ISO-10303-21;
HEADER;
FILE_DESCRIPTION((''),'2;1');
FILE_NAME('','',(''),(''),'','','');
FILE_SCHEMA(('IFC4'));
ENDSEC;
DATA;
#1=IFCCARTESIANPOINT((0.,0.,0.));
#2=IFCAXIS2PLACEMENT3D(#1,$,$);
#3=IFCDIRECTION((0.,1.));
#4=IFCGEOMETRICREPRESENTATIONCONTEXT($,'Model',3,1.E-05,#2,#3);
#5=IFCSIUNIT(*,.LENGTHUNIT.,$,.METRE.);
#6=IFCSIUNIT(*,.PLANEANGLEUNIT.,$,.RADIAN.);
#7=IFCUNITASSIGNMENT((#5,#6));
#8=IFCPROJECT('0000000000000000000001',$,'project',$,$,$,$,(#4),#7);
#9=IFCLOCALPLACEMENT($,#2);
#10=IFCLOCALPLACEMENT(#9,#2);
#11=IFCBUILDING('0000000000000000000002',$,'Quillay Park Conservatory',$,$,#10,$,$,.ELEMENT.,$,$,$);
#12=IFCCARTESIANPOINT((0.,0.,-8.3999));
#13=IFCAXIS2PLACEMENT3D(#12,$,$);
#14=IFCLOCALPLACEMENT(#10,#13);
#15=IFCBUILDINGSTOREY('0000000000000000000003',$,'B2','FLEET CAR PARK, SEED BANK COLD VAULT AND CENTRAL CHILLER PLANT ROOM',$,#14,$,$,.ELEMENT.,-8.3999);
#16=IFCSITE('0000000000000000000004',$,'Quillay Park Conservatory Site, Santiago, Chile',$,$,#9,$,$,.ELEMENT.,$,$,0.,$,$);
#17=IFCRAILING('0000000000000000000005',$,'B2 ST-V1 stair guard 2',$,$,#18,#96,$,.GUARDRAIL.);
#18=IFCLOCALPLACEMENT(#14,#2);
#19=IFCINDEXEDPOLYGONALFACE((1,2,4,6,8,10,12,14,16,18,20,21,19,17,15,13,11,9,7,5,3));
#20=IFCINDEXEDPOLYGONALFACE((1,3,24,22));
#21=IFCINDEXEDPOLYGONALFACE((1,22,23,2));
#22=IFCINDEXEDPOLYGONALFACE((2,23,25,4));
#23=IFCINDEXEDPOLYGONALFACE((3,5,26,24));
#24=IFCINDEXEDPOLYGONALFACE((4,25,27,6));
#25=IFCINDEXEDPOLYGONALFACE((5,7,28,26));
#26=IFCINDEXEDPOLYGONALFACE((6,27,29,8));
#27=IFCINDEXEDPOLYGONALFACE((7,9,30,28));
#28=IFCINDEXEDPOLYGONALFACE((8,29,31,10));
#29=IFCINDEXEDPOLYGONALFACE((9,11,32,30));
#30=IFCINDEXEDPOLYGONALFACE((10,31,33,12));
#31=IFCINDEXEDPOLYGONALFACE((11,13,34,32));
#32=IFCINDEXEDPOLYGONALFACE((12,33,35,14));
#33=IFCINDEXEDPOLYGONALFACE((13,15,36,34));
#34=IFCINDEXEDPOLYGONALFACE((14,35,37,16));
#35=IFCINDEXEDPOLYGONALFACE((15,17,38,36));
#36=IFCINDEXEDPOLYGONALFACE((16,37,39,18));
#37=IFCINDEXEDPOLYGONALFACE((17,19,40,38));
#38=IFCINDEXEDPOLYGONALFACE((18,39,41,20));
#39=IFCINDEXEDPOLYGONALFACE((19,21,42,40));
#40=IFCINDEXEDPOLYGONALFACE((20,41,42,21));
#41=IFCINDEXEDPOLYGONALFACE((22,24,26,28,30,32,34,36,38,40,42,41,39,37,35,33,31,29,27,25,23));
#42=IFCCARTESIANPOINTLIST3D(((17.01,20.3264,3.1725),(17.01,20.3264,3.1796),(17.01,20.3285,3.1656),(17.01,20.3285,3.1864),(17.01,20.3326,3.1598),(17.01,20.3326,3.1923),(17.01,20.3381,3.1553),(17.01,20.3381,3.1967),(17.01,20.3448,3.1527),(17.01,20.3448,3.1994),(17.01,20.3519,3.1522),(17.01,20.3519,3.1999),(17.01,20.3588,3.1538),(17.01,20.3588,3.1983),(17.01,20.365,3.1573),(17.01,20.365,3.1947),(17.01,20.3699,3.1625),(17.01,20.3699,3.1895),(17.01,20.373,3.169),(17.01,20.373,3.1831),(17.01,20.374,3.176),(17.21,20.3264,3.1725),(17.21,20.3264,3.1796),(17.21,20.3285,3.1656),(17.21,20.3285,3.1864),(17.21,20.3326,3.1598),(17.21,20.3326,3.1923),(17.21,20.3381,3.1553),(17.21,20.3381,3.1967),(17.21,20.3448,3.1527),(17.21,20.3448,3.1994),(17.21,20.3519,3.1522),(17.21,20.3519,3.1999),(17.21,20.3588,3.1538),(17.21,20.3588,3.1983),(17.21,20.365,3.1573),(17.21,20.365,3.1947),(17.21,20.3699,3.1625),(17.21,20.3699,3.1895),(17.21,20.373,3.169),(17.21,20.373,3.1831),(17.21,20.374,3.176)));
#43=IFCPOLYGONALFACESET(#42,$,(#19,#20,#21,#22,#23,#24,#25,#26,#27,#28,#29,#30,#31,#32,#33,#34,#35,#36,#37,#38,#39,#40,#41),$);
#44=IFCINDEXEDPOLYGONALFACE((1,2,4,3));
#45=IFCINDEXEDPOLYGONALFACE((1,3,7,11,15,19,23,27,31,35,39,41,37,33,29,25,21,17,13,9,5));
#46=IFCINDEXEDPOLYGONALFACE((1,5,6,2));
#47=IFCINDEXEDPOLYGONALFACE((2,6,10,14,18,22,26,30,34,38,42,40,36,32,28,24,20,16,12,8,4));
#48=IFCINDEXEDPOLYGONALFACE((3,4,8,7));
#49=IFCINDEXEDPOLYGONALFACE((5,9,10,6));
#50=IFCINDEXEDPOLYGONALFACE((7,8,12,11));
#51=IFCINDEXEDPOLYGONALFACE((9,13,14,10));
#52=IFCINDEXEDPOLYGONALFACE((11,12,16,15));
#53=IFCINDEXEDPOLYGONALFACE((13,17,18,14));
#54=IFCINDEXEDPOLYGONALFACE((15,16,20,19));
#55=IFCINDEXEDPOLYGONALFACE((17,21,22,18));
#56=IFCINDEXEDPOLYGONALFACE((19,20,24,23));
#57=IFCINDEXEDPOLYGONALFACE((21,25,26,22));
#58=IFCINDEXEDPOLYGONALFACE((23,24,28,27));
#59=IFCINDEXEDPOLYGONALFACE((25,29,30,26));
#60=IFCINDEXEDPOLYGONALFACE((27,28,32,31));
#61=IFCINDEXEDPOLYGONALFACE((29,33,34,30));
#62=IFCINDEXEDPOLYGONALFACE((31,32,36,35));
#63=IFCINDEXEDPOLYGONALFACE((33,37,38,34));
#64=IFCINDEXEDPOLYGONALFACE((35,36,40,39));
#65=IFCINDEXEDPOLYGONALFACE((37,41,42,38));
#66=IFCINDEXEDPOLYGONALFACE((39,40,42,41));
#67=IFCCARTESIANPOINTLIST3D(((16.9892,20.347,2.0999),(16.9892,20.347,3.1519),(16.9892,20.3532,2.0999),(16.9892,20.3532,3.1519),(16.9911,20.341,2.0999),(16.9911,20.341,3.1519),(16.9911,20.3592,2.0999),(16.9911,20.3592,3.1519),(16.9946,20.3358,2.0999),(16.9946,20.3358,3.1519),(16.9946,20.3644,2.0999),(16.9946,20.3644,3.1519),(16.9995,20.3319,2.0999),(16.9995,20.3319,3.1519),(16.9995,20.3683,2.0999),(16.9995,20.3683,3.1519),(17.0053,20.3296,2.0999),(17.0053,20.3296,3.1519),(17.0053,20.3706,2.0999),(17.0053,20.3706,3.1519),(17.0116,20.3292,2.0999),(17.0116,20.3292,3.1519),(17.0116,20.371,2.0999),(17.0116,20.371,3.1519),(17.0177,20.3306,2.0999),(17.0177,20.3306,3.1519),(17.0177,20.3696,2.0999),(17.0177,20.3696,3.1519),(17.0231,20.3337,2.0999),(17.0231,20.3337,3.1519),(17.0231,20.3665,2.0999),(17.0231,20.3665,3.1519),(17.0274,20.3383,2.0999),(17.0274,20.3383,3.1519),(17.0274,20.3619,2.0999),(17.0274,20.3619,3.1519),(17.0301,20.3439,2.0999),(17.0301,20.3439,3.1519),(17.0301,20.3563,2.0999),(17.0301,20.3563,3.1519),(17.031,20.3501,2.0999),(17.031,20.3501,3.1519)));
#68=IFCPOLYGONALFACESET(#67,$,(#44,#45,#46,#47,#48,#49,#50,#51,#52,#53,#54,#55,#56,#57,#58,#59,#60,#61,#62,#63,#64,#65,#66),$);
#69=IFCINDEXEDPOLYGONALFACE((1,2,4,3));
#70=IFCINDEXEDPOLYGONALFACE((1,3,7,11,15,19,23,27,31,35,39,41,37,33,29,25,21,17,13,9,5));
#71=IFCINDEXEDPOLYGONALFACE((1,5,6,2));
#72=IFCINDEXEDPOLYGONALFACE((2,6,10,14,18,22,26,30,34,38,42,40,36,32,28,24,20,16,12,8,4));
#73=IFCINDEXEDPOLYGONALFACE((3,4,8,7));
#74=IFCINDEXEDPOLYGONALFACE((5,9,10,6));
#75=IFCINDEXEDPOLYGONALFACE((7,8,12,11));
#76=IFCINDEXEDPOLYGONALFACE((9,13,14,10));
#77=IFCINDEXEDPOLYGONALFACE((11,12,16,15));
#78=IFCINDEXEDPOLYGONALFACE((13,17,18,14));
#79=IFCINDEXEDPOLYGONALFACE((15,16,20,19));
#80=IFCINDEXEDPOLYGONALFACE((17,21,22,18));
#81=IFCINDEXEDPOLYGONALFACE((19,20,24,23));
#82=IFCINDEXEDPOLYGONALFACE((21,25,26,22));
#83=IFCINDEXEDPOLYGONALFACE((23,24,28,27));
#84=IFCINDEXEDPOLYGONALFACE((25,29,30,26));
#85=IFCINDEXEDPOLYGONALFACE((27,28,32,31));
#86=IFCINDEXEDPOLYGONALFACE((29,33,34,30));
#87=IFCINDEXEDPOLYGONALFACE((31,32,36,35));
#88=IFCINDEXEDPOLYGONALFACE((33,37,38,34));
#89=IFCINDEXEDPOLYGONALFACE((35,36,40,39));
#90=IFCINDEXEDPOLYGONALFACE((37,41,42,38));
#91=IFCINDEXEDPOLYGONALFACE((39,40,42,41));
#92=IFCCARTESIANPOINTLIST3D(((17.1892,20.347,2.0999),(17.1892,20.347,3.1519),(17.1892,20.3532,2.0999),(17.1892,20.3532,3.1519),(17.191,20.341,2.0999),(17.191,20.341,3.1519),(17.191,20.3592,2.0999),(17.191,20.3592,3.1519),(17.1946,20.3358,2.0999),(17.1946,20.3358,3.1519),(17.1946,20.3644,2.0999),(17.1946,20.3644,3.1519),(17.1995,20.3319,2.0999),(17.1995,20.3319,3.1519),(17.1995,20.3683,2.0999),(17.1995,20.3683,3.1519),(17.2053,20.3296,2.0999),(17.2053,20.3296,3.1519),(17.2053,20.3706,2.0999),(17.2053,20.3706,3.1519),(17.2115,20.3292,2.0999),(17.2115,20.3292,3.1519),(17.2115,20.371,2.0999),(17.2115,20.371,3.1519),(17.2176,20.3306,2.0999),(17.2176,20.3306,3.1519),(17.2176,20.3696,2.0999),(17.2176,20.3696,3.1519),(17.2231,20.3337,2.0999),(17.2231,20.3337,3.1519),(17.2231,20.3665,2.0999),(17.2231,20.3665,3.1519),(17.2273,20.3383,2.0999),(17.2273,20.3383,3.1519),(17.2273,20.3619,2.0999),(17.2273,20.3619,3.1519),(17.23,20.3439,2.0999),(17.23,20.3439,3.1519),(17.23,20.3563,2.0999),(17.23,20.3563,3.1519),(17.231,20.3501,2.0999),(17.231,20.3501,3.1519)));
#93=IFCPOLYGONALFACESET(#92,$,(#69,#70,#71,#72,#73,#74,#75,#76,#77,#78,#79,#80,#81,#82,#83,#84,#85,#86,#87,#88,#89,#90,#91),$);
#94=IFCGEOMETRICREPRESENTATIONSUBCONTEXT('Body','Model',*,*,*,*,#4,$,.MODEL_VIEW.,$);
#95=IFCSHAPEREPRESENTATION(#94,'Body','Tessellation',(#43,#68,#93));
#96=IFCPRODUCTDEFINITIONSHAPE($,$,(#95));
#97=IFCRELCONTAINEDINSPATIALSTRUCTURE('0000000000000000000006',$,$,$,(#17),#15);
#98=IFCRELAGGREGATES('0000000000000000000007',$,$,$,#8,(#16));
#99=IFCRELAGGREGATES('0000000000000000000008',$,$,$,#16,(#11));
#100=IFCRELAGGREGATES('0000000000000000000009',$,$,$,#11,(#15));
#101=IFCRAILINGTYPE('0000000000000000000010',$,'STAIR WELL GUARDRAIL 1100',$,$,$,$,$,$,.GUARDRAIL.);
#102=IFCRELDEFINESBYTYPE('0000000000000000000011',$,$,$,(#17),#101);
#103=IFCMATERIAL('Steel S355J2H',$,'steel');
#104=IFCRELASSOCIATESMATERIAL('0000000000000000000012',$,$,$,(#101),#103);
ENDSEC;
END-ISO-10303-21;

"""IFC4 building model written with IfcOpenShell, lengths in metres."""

from ifc_helpers import new_model, si_unit, direction, frame, origin, origin_2d, place, context, subcontext, project, spatial, circle, extrude, material, type_object, element, save


model = new_model("IFC4")

# Units and contexts
model_context = context("Model", 3, precision=1e-05, world=origin(), true_north=direction((0.0, 1.0)))
body_context = subcontext(model_context, "Body", "Model", "MODEL_VIEW")
ifc_project = project(units=[si_unit("LENGTHUNIT", "METRE"), si_unit("PLANEANGLEUNIT", "RADIAN")], contexts=[model_context])

# Site, building, storey
site_placement = place(None, origin())
site = spatial("IfcSite", under=ifc_project, at=site_placement, Name="Quillay Park Conservatory Site, Santiago, Chile", CompositionType="ELEMENT", RefElevation=0.0)
building_placement = place(site_placement, origin())
building = spatial("IfcBuilding", under=site, at=building_placement, Name="Quillay Park Conservatory", CompositionType="ELEMENT")
storey_placement = place(building_placement, frame((0.0, 0.0, -8.3999)))
storey = spatial("IfcBuildingStorey", under=building, at=storey_placement, Name="B2", Description="FLEET CAR PARK, SEED BANK COLD VAULT AND CENTRAL CHILLER PLANT ROOM", CompositionType="ELEMENT", Elevation=-8.3999)

# Railing
ifc_material_1 = material(Name="Steel S355J2H", Category="steel")
railing_type_1 = type_object("IfcRailingType", Name="STAIR WELL GUARDRAIL 1100", PredefinedType="GUARDRAIL", material=ifc_material_1)
railing_1_placement = place(storey_placement, frame((17.01, 20.3501, 2.0999)))
element("IfcRailing", 1, at=railing_1_placement, inside=storey, type_object=railing_type_1, Name="B2 ST-V1 stair guard 2", PredefinedType="GUARDRAIL", context=body_context, shape_type="SweptSolid", body=[
    extrude(circle(Radius=0.0239, at=origin_2d()), frame((0.0, 0.0, 1.0762), z_axis=(1.0, 0.0, 0.0), x_axis=(0.0, 1.0, 0.0)), (0.0, 0.0, 1.0), 0.2),
    extrude(circle(Radius=0.021, at=origin_2d()), origin(), (0.0, 0.0, 1.0), 1.052),
    extrude(circle(Radius=0.021, at=origin_2d()), frame((0.2, 0.0, 0.0)), (0.0, 0.0, 1.0), 1.052),
])

save(model, "model.ifc")
